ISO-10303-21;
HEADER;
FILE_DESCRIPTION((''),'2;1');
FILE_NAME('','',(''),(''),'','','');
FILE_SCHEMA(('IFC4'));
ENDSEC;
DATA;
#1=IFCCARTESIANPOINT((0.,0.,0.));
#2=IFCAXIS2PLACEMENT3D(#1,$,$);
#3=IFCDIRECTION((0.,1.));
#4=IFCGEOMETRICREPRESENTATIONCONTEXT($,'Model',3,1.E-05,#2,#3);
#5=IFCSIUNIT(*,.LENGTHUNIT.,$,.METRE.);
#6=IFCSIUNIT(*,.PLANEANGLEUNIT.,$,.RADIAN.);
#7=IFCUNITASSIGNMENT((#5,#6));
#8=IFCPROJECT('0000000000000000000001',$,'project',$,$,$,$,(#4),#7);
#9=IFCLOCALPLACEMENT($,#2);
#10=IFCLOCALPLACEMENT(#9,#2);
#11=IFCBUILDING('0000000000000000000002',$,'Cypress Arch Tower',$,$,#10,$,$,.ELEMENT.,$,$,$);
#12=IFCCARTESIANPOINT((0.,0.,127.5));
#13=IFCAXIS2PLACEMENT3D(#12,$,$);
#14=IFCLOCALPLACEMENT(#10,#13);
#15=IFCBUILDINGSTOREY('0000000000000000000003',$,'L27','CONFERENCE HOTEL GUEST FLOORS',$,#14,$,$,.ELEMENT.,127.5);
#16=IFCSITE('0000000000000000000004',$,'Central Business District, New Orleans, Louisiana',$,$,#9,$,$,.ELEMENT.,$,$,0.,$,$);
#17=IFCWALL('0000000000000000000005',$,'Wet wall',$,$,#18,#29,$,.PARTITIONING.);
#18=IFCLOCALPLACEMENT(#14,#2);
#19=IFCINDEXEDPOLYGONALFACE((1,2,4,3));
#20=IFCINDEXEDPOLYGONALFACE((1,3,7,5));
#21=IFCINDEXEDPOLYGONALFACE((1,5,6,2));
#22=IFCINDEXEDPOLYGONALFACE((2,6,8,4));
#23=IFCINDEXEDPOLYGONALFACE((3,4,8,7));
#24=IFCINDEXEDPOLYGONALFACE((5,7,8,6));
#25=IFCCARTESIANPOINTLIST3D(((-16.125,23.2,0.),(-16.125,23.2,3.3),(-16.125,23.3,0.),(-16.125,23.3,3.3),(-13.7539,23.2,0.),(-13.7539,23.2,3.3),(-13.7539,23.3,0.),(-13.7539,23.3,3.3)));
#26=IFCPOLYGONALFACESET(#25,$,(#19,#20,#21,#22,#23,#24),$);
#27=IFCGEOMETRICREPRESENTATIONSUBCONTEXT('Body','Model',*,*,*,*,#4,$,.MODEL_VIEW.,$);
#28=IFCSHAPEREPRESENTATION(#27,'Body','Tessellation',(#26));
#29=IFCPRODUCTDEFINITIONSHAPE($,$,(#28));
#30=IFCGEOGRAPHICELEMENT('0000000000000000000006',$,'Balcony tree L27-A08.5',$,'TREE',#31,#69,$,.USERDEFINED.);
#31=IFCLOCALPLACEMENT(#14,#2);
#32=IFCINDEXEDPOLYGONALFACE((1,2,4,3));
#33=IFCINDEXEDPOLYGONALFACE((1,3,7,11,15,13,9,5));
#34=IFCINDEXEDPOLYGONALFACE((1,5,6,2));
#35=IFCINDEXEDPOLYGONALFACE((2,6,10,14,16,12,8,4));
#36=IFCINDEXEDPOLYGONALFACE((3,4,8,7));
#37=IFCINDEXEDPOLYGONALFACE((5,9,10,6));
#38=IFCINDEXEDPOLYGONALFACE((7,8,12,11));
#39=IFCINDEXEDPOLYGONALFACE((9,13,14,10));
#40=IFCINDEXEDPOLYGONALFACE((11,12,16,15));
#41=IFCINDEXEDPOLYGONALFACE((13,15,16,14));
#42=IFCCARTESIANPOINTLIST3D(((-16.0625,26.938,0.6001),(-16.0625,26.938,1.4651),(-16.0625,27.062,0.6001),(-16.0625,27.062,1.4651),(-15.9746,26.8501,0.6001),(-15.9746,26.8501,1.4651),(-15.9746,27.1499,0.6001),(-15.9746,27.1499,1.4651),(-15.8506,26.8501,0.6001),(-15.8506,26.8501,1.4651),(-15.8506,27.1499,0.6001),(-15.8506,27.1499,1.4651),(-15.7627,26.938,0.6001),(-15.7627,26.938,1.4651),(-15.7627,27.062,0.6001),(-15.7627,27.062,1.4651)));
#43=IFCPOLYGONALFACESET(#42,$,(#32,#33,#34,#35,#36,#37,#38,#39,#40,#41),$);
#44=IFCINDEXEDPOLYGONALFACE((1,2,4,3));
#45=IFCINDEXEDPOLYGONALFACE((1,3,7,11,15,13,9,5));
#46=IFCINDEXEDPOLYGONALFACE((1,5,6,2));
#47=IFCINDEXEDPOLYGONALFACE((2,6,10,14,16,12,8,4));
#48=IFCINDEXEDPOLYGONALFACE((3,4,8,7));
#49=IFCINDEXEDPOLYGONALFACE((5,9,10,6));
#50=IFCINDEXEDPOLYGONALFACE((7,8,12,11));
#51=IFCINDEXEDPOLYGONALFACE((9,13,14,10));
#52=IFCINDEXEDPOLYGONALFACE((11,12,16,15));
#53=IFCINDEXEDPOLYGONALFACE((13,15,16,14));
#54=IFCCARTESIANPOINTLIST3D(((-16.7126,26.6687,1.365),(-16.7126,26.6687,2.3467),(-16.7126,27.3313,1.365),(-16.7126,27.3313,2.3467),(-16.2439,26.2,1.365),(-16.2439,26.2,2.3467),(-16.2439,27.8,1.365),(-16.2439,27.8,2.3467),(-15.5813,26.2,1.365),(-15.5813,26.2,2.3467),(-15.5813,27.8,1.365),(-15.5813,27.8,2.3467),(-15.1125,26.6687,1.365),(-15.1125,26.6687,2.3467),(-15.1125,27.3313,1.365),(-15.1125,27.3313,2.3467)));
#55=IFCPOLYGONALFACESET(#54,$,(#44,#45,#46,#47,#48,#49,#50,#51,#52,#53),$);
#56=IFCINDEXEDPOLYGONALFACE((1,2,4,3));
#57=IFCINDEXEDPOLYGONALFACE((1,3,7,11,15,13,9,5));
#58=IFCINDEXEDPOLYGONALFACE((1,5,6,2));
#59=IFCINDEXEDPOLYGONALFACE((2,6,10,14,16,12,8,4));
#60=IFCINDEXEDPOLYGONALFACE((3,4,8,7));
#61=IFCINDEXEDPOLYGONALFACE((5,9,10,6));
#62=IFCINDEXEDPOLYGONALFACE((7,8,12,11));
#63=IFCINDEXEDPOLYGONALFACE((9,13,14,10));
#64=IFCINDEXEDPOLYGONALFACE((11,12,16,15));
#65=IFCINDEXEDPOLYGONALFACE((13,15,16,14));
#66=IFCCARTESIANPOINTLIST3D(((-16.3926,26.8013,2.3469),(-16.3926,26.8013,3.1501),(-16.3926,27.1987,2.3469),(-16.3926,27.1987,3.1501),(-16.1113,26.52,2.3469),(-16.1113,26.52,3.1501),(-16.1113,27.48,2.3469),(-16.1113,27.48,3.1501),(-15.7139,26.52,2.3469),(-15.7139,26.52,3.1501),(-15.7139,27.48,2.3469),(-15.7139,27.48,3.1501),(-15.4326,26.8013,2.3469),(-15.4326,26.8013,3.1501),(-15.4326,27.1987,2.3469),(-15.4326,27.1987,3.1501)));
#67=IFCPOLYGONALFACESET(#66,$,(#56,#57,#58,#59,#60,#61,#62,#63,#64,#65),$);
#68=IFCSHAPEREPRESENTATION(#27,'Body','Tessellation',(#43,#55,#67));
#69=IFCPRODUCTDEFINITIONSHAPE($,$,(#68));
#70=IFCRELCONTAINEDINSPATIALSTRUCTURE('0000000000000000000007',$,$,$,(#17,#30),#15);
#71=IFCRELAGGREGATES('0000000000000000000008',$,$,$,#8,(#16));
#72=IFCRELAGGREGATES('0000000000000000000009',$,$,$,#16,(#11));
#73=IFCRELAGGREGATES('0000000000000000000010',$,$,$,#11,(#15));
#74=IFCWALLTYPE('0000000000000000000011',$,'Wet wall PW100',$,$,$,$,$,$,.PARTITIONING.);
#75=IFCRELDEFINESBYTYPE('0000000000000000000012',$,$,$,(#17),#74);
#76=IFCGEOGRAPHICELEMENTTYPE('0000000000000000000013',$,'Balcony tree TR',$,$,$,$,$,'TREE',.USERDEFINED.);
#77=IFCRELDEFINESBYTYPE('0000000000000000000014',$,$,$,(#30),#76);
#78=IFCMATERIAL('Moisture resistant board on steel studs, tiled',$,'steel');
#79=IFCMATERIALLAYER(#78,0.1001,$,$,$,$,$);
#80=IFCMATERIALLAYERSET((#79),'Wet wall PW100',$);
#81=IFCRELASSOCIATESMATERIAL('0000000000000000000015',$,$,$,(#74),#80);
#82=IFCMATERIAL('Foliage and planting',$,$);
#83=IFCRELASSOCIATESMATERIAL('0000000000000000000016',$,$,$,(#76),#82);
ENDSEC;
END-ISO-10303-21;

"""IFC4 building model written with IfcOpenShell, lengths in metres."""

from ifc_helpers import new_model, si_unit, direction, frame, frame_2d, origin, place, context, subcontext, project, spatial, polyline, rectangle, outline, extrude, material, layer, layer_set, type_object, element, save


model = new_model("IFC4")

# Units and contexts
model_context = context("Model", 3, precision=1e-05, world=origin(), true_north=direction((0.0, 1.0)))
body_context = subcontext(model_context, "Body", "Model", "MODEL_VIEW")
ifc_project = project(units=[si_unit("LENGTHUNIT", "METRE"), si_unit("PLANEANGLEUNIT", "RADIAN")], contexts=[model_context])

# Site, building, storey
site_placement = place(None, origin())
site = spatial("IfcSite", under=ifc_project, at=site_placement, Name="Central Business District, New Orleans, Louisiana", CompositionType="ELEMENT", RefElevation=0.0)
building_placement = place(site_placement, origin())
building = spatial("IfcBuilding", under=site, at=building_placement, Name="Cypress Arch Tower", CompositionType="ELEMENT")
storey_placement = place(building_placement, frame((0.0, 0.0, 127.5)))
storey = spatial("IfcBuildingStorey", under=building, at=storey_placement, Name="L27", Description="CONFERENCE HOTEL GUEST FLOORS", CompositionType="ELEMENT", Elevation=127.5)

# Shared definitions
ifc_material_1 = material(Name="Moisture resistant board on steel studs, tiled", Category="steel")
ifc_layer_1 = layer(ifc_material_1, 0.1001)
ifc_layer_set_1 = layer_set([ifc_layer_1], Name="Wet wall PW100")
wall_type_1 = type_object("IfcWallType", Name="Wet wall PW100", PredefinedType="PARTITIONING", material=ifc_layer_set_1)

# Wall
wall_1_placement = place(storey_placement, frame((-16.125, 23.25, 0.0), z_axis=(0.0, 0.0, 1.0), x_axis=(1.0, 0.0, 0.0)))
element("IfcWall", 1, at=wall_1_placement, inside=storey, type_object=wall_type_1, Name="Wet wall", PredefinedType="PARTITIONING", context=body_context, shape_type="SweptSolid", body=[
    extrude(rectangle(XDim=2.3711, YDim=0.1001, at=frame_2d((1.1855, 0.0))), origin(), (0.0, 0.0, 1.0), 3.3),
])

# Geographic element
ifc_material_2 = material(Name="Foliage and planting")
geographic_element_type = type_object("IfcGeographicElementType", Name="Balcony tree TR", ElementType="TREE", PredefinedType="USERDEFINED", material=ifc_material_2)
geographic_element_placement = place(storey_placement, frame((-15.9126, 27.0, 0.6001), z_axis=(0.0, 0.0, 1.0), x_axis=(1.0, 0.0, 0.0)))
element("IfcGeographicElement", 2, at=geographic_element_placement, inside=storey, type_object=geographic_element_type, Name="Balcony tree L27-A08.5", ObjectType="TREE", PredefinedType="USERDEFINED", context=body_context, shape_type="SweptSolid", body=[
    extrude(outline(polyline([(0.1499, 0.062), (0.062, 0.1499), (-0.062, 0.1499), (-0.1499, 0.062), (-0.1499, -0.062), (-0.062, -0.1499), (0.062, -0.1499), (0.1499, -0.062), (0.1499, 0.062)])), origin(), (0.0, 0.0, 1.0), 0.865),
    extrude(outline(polyline([(0.8, 0.3313), (0.3313, 0.8), (-0.3313, 0.8), (-0.8, 0.3313), (-0.8, -0.3313), (-0.3313, -0.8), (0.3313, -0.8), (0.8, -0.3313), (0.8, 0.3313)])), frame((0.0, 0.0, 0.7649)), (0.0, 0.0, 1.0), 0.9817),
    extrude(outline(polyline([(0.48, 0.1987), (0.1987, 0.48), (-0.1987, 0.48), (-0.48, 0.1987), (-0.48, -0.1987), (-0.1987, -0.48), (0.1987, -0.48), (0.48, -0.1987), (0.48, 0.1987)])), frame((0.0, 0.0, 1.7468)), (0.0, 0.0, 1.0), 0.8032),
])

save(model, "model.ifc")
